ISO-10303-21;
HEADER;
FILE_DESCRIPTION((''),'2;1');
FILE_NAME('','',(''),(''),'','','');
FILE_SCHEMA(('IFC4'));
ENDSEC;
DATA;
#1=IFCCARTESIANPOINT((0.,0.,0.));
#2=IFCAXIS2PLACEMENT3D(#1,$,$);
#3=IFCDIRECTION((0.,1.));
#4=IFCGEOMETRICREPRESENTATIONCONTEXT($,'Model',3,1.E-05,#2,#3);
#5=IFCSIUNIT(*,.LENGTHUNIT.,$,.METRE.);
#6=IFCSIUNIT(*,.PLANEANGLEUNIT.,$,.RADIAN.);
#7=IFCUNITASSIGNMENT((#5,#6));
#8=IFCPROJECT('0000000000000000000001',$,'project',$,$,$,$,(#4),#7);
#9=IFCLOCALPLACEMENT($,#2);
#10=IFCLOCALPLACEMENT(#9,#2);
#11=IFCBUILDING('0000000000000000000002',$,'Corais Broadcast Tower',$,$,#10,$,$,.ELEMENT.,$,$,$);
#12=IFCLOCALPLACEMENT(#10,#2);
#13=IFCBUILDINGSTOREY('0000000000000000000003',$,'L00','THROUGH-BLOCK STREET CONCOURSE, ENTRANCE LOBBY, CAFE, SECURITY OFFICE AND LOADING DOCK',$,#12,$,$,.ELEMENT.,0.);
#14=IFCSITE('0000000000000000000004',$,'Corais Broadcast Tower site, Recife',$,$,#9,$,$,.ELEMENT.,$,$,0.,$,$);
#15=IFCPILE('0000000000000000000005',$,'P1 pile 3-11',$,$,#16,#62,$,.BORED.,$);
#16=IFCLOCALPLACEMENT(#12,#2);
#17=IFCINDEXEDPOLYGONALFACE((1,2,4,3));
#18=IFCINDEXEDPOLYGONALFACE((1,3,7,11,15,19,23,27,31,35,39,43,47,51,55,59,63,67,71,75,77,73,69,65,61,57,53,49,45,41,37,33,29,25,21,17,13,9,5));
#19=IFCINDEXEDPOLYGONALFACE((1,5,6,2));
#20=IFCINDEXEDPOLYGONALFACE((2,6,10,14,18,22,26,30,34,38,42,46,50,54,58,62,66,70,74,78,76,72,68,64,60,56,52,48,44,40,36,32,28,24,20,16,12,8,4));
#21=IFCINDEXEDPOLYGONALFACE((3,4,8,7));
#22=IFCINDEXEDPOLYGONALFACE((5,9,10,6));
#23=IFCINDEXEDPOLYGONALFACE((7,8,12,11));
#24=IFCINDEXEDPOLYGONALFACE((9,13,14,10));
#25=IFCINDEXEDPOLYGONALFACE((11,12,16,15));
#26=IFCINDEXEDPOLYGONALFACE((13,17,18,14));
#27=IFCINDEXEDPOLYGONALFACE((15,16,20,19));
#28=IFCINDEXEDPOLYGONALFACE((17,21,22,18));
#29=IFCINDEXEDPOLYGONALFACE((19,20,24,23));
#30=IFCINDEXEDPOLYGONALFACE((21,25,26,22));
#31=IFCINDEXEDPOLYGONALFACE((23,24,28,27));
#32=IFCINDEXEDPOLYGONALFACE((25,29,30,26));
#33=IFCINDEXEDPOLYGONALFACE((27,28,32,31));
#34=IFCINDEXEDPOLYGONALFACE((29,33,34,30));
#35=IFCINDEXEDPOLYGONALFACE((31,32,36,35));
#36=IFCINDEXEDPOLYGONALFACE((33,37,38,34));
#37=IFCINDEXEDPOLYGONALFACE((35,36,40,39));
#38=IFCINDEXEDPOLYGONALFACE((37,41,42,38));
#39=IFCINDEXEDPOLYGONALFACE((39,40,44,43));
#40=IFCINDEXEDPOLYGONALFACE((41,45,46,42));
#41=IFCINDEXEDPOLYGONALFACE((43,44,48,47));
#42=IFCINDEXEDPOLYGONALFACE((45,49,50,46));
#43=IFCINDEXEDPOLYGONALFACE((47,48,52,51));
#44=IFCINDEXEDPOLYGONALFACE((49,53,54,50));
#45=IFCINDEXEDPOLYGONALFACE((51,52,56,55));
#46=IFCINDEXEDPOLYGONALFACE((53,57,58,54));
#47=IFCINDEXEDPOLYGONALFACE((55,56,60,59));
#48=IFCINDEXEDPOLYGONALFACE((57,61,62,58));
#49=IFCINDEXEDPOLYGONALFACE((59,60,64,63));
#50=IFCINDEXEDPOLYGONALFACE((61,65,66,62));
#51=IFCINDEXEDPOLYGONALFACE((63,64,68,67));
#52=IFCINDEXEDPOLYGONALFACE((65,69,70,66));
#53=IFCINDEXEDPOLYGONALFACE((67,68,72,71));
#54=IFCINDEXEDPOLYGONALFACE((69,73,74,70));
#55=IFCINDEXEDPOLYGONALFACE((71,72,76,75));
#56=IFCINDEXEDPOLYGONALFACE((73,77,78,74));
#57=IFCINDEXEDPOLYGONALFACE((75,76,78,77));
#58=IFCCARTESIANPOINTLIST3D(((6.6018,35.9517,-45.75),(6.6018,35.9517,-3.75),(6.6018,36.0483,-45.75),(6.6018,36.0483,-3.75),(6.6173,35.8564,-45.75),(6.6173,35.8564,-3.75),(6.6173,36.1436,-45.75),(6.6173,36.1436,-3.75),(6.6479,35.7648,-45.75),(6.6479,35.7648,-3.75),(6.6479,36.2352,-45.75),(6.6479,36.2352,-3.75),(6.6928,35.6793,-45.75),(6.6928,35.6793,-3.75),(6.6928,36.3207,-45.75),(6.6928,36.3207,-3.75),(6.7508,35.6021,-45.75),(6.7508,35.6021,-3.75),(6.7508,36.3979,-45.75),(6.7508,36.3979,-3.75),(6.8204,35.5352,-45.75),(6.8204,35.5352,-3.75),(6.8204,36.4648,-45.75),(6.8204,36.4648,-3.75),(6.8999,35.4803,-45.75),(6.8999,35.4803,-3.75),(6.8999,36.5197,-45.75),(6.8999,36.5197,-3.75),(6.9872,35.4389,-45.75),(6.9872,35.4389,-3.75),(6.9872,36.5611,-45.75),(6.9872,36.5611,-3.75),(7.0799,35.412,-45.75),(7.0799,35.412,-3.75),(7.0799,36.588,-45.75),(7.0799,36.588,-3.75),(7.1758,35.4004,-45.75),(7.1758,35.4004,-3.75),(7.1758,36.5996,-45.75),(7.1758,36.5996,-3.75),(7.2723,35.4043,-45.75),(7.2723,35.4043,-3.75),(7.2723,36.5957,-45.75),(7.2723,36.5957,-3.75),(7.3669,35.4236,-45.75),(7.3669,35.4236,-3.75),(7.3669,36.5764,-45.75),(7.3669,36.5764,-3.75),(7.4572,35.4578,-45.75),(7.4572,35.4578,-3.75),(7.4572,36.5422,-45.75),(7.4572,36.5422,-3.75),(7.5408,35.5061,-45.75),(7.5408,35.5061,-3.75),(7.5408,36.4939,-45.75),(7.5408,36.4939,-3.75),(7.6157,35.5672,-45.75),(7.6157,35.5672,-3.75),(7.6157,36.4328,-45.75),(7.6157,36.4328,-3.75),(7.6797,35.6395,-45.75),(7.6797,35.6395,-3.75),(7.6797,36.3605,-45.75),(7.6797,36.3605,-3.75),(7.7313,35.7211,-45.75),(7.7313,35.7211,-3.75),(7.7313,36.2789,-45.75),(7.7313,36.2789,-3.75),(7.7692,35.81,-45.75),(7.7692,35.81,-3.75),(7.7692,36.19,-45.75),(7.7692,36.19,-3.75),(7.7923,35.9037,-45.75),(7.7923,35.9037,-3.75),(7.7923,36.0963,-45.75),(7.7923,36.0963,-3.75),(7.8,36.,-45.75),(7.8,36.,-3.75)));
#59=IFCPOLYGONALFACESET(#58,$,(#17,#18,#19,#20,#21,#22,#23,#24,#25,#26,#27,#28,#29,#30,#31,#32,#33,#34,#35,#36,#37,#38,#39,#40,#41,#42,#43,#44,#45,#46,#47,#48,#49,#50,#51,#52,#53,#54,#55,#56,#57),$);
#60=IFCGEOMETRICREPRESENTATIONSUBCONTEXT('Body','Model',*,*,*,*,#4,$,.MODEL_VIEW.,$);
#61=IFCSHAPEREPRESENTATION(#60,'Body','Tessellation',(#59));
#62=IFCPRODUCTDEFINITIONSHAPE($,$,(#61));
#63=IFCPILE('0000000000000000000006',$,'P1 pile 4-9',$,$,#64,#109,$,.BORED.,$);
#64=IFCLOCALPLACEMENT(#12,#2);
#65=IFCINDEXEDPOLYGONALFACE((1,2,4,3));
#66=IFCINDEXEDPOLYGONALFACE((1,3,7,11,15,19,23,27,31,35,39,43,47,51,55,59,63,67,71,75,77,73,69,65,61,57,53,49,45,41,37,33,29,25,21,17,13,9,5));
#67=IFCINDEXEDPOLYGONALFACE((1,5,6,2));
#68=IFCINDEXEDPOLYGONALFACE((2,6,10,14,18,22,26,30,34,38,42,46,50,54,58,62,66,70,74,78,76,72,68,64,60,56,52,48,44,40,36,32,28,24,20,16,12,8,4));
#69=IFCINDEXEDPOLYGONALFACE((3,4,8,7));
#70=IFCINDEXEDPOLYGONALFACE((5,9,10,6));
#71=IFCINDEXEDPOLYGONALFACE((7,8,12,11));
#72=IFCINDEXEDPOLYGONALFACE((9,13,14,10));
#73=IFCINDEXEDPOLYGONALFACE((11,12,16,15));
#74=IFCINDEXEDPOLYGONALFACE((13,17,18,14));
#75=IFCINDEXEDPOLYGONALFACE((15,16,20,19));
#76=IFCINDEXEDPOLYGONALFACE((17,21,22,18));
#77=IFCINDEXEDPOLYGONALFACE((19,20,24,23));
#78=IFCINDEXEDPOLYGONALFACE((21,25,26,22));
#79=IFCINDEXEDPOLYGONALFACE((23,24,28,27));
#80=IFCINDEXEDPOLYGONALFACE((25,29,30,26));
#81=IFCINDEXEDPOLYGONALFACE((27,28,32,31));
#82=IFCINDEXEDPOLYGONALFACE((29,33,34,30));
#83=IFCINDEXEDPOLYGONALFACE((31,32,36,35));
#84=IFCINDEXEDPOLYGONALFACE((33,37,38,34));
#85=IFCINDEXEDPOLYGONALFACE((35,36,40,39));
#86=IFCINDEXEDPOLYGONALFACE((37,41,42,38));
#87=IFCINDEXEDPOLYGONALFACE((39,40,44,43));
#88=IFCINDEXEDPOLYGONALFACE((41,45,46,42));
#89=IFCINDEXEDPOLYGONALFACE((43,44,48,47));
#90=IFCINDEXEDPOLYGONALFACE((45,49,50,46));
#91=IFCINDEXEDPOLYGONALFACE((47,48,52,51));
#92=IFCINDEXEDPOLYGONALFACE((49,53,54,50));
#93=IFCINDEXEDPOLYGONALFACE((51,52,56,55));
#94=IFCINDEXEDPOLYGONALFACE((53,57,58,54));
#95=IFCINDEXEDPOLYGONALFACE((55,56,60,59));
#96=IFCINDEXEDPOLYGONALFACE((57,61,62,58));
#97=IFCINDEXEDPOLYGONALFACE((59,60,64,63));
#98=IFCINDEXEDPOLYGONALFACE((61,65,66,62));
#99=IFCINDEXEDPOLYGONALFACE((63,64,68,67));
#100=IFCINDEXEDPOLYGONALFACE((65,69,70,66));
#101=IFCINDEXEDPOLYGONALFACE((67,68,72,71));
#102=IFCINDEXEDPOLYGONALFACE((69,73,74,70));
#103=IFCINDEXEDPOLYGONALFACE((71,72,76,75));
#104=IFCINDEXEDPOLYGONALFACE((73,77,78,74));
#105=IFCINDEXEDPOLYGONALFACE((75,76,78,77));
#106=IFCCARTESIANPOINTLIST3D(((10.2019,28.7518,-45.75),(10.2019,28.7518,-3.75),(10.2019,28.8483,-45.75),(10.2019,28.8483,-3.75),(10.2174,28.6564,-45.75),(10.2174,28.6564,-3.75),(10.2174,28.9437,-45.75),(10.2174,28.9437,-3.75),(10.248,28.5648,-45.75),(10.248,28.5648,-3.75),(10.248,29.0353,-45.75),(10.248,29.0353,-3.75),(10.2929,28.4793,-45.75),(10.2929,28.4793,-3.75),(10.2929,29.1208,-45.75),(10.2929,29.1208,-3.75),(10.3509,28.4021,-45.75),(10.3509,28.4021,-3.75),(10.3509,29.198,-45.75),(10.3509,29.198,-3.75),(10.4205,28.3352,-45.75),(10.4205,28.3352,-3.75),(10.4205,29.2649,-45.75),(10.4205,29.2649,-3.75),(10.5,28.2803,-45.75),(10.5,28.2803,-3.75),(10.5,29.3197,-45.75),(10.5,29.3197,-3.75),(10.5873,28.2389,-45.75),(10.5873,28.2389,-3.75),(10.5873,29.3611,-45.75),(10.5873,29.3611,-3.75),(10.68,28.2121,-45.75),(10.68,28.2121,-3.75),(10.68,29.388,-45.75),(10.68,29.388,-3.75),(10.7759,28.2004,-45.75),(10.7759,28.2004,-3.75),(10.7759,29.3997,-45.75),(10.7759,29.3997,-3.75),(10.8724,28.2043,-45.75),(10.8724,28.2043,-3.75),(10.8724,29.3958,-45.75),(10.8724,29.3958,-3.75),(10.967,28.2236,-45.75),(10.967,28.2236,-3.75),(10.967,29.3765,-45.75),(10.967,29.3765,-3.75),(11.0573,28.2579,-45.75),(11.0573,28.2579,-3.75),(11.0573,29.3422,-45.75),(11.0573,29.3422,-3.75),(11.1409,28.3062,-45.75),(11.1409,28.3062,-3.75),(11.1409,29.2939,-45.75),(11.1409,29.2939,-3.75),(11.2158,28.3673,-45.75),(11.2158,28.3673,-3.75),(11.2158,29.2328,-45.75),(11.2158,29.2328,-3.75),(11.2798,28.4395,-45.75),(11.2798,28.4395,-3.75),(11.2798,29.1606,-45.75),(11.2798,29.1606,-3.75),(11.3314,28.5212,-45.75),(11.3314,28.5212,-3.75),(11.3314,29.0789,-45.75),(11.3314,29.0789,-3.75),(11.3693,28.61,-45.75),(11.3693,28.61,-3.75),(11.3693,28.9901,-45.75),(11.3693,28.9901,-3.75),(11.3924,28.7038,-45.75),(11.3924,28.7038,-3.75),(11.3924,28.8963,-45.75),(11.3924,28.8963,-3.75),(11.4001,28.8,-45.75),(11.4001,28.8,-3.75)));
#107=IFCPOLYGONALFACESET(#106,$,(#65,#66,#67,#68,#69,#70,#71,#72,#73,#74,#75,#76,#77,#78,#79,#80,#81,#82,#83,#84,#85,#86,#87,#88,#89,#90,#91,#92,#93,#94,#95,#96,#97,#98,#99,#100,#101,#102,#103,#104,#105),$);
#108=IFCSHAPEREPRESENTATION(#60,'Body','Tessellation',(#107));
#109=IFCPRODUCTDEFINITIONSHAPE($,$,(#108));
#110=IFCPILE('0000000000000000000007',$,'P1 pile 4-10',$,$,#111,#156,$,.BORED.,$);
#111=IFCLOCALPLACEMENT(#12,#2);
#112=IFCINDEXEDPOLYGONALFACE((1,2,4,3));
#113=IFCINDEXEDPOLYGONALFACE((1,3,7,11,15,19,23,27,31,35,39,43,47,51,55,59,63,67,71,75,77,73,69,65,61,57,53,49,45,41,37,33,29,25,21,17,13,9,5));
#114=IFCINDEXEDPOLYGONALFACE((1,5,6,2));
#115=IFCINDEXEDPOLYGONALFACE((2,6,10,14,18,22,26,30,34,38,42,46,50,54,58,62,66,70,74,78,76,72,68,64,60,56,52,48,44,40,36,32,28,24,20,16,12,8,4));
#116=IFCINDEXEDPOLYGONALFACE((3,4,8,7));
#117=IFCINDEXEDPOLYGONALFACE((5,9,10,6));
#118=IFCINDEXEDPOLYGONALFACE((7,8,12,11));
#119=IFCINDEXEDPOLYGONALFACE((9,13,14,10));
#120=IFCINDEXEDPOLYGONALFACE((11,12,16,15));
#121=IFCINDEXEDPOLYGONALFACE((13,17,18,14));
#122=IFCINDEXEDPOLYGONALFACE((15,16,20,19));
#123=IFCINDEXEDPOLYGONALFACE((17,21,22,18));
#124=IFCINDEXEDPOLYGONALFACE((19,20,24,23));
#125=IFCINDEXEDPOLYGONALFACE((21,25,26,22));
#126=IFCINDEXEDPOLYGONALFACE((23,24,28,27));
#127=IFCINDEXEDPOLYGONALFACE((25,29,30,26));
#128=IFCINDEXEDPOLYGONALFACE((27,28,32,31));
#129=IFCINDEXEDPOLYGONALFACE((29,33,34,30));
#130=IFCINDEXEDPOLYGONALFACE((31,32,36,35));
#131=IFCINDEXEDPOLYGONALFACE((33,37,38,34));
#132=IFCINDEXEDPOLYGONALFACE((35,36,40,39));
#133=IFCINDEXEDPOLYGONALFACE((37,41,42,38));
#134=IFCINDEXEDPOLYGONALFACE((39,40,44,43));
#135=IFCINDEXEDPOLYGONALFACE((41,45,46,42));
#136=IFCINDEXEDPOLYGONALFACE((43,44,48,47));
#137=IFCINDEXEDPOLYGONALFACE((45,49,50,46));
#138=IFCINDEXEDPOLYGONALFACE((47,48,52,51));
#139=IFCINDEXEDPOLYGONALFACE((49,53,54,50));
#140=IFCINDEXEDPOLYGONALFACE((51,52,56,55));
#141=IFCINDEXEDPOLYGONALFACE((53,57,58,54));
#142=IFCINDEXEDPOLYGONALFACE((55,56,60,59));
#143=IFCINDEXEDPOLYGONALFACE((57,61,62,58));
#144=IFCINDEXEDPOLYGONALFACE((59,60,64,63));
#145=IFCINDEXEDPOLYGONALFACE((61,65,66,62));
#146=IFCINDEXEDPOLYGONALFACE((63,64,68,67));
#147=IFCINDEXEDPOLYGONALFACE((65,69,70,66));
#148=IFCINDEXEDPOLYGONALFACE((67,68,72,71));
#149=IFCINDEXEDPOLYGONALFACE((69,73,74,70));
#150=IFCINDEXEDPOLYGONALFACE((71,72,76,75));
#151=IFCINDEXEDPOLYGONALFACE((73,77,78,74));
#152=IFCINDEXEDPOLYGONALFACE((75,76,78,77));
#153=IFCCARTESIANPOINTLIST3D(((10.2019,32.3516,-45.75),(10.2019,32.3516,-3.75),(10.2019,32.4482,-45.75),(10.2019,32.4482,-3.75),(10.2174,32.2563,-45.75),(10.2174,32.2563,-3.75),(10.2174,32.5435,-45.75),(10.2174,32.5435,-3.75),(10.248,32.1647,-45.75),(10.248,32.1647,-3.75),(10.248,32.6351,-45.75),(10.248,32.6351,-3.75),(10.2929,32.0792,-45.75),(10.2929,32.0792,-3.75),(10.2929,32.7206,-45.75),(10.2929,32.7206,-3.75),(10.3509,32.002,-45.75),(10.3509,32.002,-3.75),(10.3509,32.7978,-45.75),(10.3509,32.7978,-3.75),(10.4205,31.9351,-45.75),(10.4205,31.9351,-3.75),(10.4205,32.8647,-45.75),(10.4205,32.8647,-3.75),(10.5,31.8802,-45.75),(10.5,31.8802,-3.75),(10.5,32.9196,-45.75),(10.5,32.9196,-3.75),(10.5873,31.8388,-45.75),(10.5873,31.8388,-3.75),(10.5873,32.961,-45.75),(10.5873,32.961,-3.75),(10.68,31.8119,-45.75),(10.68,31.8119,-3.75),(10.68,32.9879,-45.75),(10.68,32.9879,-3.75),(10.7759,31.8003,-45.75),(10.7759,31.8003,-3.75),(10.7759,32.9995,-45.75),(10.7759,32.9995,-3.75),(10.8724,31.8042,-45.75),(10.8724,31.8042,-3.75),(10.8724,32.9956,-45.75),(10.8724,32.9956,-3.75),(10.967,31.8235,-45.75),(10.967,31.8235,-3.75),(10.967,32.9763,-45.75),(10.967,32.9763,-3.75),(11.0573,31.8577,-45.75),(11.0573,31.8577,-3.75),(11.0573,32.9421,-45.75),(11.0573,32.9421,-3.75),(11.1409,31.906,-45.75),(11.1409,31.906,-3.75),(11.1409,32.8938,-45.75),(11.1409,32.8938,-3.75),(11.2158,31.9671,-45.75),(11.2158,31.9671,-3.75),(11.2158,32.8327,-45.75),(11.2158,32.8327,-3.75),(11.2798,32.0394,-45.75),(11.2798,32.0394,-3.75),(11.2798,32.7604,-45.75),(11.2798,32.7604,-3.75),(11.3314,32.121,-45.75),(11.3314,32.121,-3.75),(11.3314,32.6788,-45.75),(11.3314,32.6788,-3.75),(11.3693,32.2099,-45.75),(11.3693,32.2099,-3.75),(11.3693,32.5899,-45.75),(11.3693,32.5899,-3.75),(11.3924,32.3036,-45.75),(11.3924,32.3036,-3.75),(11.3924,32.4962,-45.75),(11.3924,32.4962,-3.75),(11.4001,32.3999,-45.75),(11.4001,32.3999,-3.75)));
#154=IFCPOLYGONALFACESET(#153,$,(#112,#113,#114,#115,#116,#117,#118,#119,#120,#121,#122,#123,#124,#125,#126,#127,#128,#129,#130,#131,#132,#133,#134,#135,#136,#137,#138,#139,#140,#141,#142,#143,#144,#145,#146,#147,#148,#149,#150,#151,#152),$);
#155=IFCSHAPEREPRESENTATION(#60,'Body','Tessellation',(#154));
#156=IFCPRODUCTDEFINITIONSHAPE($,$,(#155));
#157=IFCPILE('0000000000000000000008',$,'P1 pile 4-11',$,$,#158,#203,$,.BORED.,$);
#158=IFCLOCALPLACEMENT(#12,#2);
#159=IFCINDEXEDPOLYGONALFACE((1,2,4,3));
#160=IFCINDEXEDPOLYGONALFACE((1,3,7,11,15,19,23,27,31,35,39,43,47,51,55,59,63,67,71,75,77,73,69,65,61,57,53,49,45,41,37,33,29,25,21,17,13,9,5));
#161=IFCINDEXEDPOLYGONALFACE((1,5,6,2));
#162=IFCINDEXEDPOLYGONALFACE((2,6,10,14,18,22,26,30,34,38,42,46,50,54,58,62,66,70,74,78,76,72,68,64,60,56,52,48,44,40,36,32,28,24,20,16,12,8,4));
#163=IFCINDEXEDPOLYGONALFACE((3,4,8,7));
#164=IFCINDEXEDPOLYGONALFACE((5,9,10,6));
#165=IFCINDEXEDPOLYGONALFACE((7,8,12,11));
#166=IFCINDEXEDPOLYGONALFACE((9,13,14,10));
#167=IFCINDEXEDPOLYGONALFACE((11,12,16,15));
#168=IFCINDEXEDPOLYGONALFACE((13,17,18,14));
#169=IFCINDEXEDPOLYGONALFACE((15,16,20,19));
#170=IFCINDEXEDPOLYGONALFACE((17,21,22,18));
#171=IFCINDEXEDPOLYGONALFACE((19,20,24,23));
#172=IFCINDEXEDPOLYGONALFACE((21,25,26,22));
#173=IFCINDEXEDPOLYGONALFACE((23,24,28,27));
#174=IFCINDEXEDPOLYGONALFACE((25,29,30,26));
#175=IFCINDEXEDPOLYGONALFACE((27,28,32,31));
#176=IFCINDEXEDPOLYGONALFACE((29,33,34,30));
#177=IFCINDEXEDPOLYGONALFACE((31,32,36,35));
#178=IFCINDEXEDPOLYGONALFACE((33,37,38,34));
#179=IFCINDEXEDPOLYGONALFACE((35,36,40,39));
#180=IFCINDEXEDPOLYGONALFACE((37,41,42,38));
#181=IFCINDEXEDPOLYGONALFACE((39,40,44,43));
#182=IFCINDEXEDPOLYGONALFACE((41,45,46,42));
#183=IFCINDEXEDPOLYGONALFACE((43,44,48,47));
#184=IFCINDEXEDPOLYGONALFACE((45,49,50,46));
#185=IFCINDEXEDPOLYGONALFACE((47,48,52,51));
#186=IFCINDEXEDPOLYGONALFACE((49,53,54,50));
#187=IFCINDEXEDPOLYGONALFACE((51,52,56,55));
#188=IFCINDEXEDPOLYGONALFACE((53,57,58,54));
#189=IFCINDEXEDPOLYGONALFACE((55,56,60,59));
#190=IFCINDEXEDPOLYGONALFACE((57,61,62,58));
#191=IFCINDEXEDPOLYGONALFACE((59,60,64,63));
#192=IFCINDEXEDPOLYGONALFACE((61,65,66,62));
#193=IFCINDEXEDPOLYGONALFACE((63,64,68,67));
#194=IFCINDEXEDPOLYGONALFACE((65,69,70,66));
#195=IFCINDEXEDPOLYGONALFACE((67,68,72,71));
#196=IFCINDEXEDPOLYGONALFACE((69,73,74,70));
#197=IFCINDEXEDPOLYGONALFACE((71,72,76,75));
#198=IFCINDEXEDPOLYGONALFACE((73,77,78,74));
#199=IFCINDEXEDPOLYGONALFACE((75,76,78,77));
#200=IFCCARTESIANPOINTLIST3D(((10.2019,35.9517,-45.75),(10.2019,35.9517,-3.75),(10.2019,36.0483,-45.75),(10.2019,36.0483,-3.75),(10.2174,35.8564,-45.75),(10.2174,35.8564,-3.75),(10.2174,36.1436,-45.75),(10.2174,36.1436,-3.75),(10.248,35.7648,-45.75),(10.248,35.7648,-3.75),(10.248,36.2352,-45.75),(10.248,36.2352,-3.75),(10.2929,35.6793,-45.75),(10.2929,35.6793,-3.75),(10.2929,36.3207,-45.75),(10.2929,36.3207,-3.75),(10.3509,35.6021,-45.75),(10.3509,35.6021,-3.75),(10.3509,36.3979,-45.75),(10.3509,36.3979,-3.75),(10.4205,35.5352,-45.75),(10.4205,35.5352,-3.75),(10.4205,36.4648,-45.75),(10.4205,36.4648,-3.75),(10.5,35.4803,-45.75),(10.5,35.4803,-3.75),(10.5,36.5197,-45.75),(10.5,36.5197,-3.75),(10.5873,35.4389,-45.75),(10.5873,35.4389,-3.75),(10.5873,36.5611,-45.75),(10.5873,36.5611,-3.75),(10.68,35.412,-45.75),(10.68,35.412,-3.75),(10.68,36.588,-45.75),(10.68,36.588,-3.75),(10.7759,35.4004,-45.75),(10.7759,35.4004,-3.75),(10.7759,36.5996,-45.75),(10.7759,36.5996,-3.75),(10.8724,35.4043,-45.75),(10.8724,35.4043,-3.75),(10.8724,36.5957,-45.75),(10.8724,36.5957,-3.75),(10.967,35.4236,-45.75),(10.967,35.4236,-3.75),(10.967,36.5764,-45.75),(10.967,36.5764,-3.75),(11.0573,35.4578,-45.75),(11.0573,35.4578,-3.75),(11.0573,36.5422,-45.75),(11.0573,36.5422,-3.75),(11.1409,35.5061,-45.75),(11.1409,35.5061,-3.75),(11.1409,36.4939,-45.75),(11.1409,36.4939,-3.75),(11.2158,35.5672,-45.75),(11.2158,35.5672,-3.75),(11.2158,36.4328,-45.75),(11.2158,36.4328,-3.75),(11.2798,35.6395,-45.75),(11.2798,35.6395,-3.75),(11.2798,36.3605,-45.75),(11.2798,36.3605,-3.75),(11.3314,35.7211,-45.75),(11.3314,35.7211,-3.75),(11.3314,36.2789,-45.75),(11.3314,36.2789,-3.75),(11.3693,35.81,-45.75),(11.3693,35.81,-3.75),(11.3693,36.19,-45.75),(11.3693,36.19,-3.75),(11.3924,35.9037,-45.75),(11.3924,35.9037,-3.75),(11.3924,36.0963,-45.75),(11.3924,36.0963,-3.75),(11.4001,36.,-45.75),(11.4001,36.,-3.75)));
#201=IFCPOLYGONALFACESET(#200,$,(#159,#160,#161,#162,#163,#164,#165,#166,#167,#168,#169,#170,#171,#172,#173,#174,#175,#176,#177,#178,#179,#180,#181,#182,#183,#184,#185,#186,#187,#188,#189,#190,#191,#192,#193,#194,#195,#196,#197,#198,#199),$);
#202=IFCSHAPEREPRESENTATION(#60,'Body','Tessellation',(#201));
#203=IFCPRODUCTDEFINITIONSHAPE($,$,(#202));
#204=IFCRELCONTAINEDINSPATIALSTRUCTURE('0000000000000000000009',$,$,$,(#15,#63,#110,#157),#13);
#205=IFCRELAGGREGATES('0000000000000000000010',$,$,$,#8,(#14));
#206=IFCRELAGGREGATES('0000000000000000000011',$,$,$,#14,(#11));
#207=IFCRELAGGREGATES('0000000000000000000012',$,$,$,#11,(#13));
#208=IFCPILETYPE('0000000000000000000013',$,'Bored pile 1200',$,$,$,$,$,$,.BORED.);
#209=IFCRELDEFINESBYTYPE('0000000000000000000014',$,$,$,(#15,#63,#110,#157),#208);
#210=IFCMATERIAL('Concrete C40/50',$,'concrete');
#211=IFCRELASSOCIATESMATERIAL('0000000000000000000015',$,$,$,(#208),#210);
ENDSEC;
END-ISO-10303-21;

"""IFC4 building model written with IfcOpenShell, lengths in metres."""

from ifc_helpers import new_model, si_unit, direction, frame, origin, origin_2d, place, context, subcontext, project, spatial, circle, extrude, material, type_object, element, save


model = new_model("IFC4")

# Units and contexts
model_context = context("Model", 3, precision=1e-05, world=origin(), true_north=direction((0.0, 1.0)))
body_context = subcontext(model_context, "Body", "Model", "MODEL_VIEW")
ifc_project = project(units=[si_unit("LENGTHUNIT", "METRE"), si_unit("PLANEANGLEUNIT", "RADIAN")], contexts=[model_context])

# Site, building, storey
site_placement = place(None, origin())
site = spatial("IfcSite", under=ifc_project, at=site_placement, Name="Corais Broadcast Tower site, Recife", CompositionType="ELEMENT", RefElevation=0.0)
building_placement = place(site_placement, origin())
building = spatial("IfcBuilding", under=site, at=building_placement, Name="Corais Broadcast Tower", CompositionType="ELEMENT")
storey_placement = place(building_placement, origin())
storey = spatial("IfcBuildingStorey", under=building, at=storey_placement, Name="L00", Description="THROUGH-BLOCK STREET CONCOURSE, ENTRANCE LOBBY, CAFE, SECURITY OFFICE AND LOADING DOCK", CompositionType="ELEMENT", Elevation=0.0)

# Piles
ifc_material_1 = material(Name="Concrete C40/50", Category="concrete")
pile_type = type_object("IfcPileType", Name="Bored pile 1200", PredefinedType="BORED", material=ifc_material_1)
for number, where, z_axis, x_axis, name in (
    (1, (7.2, 36.0, -3.75), (0.0, 0.0, -1.0), (1.0, 0.0, 0.0), "P1 pile 3-11"),
    (2, (10.8, 28.8, -3.75), (0.0, 0.0, -1.0), (1.0, 0.0, 0.0), "P1 pile 4-9"),
    (3, (10.8, 32.3999, -3.75), (0.0, 0.0, -1.0), (1.0, 0.0, 0.0), "P1 pile 4-10"),
    (4, (10.8, 36.0, -3.75), (0.0, 0.0, -1.0), (1.0, 0.0, 0.0), "P1 pile 4-11"),
):
    element("IfcPile", number, at=place(storey_placement, frame(where, z_axis=z_axis, x_axis=x_axis)), inside=storey, type_object=pile_type, Name=name, PredefinedType="BORED", context=body_context, shape_type="SweptSolid", body=[
        extrude(circle(Radius=0.6001, at=origin_2d()), origin(), (0.0, 0.0, 1.0), 42.0),
    ])

save(model, "model.ifc")
